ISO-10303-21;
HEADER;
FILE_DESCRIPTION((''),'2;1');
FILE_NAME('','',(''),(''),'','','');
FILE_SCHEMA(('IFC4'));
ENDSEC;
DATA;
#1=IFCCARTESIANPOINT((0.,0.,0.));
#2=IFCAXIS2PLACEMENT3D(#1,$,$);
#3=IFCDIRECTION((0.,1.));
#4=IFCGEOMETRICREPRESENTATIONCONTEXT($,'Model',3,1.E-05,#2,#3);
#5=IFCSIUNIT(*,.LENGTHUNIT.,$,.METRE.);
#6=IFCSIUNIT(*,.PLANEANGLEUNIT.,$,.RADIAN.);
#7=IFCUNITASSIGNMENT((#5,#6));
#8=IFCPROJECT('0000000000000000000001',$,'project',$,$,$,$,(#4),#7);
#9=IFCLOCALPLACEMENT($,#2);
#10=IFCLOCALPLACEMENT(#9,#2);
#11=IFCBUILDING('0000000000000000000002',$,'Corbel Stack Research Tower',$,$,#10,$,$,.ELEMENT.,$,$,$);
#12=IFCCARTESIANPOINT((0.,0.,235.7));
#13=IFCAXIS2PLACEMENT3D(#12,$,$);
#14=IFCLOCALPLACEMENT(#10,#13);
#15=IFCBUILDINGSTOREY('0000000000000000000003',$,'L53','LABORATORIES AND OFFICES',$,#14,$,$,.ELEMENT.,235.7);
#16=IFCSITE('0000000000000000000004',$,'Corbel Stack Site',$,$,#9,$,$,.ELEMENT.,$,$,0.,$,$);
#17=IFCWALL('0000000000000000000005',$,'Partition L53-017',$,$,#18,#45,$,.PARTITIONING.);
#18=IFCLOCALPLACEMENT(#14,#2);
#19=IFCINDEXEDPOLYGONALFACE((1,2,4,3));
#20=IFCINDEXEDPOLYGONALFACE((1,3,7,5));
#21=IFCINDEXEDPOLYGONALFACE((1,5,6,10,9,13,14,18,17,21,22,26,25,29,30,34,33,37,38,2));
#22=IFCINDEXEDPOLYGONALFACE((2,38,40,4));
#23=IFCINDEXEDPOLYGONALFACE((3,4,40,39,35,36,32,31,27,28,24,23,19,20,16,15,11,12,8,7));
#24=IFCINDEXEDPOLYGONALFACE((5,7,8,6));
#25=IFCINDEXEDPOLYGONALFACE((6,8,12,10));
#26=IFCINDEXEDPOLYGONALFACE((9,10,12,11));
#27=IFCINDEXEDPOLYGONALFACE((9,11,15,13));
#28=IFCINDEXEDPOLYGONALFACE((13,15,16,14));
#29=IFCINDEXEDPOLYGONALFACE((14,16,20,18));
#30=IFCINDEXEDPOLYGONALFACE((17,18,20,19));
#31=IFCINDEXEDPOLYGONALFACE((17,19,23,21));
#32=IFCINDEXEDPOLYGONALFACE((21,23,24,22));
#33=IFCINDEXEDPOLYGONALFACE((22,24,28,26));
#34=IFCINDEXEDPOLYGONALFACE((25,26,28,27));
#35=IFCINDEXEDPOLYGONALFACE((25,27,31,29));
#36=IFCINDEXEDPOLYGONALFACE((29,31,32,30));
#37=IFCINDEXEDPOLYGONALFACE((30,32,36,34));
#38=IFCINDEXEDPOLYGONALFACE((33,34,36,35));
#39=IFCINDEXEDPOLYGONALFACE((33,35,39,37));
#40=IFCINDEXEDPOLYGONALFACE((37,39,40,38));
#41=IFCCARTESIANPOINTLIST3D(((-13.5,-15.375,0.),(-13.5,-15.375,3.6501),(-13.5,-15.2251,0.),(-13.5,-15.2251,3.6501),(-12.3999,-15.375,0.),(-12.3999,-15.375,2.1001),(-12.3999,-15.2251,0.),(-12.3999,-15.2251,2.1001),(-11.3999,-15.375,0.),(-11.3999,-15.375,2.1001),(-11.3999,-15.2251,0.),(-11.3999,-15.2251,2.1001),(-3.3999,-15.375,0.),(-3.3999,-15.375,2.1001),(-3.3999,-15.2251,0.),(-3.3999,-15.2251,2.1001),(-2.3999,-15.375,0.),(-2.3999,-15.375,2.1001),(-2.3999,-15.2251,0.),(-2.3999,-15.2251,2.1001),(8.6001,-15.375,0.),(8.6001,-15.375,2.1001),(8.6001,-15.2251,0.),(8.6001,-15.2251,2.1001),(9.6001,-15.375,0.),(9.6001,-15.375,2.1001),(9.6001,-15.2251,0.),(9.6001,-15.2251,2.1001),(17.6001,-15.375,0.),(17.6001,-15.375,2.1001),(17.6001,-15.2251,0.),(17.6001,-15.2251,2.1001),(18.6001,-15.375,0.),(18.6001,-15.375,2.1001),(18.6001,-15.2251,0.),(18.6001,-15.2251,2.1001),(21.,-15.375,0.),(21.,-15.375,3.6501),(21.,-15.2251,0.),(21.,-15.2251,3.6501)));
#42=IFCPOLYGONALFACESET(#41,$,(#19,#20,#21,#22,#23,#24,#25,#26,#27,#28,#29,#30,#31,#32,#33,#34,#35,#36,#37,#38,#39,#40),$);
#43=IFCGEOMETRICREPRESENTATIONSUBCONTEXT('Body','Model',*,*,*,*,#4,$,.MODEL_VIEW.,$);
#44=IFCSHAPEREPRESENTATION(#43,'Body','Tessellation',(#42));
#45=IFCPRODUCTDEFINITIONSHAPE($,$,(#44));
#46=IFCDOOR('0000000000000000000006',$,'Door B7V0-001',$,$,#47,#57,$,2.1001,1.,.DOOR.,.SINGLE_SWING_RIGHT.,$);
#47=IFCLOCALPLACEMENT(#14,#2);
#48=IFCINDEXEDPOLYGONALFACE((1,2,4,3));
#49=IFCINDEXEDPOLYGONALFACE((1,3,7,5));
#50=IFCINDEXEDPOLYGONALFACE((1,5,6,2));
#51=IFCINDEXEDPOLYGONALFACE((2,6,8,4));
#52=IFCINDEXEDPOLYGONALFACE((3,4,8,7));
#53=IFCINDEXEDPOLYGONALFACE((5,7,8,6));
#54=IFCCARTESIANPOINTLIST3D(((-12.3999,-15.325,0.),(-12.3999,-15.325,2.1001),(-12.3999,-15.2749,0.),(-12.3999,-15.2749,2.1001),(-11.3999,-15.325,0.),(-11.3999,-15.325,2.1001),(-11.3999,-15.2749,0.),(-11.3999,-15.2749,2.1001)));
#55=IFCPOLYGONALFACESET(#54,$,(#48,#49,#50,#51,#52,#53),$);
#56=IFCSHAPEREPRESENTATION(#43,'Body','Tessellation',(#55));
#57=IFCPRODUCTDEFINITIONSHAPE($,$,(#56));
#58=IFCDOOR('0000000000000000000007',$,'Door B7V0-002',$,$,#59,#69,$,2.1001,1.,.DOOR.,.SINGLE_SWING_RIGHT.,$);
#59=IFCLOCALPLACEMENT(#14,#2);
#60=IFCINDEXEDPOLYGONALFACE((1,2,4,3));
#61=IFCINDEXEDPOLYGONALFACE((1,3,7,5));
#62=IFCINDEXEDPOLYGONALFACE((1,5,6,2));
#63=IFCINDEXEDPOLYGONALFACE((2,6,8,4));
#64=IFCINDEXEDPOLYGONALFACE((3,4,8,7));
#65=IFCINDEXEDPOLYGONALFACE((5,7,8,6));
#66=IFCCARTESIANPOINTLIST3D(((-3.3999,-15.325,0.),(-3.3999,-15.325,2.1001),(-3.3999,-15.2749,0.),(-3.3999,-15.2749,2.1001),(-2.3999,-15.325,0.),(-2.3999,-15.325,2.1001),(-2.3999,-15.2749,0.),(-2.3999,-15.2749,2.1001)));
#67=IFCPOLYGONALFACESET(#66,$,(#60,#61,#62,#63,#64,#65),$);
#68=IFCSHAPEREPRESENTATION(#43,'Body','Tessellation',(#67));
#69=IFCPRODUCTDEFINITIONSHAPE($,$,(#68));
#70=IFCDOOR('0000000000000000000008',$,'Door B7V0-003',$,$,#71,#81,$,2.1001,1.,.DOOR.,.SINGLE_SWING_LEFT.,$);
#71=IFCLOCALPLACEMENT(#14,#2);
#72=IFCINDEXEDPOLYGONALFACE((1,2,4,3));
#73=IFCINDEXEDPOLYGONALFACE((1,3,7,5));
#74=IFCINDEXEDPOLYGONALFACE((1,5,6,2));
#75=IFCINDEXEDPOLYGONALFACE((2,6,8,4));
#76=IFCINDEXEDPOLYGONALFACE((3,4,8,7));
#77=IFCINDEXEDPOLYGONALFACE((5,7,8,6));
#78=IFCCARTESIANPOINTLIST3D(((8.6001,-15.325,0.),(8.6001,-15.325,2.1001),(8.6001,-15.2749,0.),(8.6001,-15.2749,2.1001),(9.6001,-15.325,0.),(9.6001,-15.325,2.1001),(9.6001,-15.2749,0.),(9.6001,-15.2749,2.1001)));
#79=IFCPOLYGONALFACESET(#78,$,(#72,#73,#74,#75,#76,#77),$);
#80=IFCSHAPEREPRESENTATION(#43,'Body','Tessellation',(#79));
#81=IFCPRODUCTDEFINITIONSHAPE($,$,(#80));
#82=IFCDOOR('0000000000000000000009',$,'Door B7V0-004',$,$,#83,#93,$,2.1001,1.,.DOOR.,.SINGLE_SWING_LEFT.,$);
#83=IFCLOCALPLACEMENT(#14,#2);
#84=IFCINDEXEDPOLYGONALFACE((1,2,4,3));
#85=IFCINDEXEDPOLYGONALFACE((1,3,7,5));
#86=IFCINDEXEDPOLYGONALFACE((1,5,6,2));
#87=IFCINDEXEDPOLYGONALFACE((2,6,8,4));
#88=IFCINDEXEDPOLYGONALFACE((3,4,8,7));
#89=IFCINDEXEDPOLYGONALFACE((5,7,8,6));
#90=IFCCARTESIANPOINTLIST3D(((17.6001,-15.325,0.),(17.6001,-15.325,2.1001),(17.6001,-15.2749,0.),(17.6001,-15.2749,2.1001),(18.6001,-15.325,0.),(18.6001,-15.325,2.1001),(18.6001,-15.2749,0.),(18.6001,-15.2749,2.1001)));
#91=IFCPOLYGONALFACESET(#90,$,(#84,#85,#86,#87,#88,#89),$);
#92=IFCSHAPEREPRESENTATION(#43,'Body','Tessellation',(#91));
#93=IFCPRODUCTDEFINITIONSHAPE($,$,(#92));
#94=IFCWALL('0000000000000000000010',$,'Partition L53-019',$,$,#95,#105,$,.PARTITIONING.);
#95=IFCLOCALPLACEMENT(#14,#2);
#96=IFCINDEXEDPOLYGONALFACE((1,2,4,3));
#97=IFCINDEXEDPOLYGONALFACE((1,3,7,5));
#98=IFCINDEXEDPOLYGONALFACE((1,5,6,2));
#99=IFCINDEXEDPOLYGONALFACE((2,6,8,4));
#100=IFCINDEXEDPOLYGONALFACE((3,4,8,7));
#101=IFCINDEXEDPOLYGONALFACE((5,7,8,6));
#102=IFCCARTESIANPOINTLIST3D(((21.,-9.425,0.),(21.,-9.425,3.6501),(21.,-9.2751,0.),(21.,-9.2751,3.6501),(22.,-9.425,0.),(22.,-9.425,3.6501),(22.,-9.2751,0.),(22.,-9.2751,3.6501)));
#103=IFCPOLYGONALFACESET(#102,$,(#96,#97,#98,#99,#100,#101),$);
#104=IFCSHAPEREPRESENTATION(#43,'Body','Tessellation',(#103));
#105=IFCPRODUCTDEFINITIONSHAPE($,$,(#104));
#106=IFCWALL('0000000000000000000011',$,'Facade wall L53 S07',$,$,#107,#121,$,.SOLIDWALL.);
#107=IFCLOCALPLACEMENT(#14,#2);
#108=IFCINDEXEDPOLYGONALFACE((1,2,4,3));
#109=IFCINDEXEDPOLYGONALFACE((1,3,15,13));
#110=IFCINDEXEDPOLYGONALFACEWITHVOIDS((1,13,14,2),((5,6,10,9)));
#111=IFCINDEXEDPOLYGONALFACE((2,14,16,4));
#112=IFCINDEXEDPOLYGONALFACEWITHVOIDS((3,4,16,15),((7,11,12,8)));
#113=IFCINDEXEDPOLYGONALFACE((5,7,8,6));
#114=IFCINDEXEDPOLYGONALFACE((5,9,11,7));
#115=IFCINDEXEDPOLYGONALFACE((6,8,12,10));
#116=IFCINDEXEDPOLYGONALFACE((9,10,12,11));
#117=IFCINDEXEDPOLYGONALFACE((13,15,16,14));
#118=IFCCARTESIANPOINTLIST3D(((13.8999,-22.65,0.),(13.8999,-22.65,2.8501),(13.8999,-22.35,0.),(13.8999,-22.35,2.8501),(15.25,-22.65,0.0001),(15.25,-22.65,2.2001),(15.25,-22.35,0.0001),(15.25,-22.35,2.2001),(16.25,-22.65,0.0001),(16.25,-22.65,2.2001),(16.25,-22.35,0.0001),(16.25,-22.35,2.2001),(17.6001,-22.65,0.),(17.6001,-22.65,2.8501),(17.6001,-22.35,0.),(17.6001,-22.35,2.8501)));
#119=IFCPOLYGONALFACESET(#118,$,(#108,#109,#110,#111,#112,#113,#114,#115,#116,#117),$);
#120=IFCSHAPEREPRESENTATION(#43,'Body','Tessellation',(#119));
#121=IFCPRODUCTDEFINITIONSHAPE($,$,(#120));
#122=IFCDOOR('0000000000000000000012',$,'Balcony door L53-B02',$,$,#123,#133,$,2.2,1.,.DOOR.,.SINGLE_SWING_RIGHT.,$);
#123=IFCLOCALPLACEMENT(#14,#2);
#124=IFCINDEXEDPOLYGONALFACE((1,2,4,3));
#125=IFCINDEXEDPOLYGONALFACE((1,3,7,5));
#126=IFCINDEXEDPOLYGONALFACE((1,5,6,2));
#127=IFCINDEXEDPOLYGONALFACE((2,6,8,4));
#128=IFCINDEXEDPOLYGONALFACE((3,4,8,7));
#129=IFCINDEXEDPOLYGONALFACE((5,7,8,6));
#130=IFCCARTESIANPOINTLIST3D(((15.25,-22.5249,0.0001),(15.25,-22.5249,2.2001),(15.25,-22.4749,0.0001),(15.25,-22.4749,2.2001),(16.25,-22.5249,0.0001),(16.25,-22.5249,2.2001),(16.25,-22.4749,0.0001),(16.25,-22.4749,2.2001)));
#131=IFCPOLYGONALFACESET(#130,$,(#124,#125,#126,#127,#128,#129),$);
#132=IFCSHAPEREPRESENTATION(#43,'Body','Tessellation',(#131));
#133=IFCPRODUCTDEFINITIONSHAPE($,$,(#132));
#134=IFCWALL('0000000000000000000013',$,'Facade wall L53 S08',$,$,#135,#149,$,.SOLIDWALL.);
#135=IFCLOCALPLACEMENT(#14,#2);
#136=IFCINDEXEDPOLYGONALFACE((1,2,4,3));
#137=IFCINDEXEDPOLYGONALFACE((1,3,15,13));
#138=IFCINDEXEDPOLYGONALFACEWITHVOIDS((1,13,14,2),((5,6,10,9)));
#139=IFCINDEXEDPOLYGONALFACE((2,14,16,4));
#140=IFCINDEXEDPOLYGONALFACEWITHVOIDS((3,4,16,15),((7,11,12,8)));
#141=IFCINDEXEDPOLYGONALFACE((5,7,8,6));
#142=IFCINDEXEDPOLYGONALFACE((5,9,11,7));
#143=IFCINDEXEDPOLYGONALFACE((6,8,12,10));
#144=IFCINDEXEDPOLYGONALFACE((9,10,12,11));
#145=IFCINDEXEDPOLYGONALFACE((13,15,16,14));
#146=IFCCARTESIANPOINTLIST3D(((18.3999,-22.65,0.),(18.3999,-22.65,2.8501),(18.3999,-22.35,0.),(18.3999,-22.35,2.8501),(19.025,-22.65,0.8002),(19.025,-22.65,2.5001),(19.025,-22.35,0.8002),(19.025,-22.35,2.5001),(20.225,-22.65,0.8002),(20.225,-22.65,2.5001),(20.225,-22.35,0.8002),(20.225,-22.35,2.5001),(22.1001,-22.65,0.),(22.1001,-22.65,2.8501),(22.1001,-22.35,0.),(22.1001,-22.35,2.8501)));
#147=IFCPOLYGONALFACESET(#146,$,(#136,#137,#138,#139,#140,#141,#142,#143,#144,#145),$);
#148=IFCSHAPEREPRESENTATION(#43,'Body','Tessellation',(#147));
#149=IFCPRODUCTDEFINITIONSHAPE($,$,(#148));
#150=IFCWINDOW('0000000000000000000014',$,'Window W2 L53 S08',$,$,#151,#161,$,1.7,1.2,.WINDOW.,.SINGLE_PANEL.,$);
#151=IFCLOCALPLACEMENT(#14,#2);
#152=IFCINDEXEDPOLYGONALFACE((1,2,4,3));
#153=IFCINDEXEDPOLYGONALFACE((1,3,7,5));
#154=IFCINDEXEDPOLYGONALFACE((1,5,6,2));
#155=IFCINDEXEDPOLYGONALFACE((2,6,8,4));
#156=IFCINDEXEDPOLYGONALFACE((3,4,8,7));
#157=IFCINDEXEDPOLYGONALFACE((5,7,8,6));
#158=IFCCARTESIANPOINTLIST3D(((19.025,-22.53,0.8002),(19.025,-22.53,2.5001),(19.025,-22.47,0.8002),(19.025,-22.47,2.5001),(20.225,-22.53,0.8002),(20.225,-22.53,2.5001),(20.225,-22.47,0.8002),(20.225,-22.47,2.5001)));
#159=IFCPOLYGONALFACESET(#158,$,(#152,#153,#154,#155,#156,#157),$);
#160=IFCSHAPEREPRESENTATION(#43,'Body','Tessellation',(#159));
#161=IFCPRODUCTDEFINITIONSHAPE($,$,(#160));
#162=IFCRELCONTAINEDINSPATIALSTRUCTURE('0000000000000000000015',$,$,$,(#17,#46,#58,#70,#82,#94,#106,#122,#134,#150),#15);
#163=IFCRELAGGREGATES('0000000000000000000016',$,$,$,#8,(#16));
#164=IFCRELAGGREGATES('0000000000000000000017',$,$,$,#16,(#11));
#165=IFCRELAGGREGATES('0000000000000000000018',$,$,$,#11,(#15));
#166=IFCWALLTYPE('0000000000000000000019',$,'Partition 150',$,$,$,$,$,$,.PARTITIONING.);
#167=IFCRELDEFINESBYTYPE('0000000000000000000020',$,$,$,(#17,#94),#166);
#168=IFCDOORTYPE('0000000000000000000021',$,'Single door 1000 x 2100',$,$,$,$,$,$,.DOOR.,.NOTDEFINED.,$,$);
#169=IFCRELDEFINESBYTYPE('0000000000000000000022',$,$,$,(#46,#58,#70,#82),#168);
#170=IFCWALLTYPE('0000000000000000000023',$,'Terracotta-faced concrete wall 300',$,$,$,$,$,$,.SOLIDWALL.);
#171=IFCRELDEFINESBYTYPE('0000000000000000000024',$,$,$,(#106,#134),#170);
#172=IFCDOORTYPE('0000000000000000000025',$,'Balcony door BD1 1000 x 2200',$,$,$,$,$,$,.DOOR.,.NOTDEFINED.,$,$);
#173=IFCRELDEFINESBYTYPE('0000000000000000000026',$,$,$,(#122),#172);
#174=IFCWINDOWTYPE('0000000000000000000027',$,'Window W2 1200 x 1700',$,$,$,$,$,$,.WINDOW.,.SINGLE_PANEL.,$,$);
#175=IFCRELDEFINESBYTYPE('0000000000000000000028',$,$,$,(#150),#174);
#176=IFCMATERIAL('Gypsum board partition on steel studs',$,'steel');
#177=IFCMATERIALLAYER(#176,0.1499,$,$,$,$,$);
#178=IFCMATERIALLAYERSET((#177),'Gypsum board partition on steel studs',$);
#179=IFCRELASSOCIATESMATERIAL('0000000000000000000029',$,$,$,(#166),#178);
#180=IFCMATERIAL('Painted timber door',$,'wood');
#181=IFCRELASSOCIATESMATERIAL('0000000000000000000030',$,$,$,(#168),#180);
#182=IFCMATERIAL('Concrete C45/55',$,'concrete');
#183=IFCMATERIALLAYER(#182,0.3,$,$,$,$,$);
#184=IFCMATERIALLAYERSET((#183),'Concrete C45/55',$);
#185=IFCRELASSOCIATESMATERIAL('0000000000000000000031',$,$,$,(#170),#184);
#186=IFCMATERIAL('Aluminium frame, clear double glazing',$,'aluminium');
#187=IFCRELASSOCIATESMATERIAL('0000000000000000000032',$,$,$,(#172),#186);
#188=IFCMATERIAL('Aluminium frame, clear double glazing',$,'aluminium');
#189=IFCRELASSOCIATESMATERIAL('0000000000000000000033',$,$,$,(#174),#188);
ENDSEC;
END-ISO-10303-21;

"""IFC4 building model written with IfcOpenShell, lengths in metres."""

from ifc_helpers import new_model, si_unit, direction, frame, frame_2d, origin, place, context, subcontext, project, spatial, rectangle, extrude, material, layer, layer_set, type_object, element, fill, save


model = new_model("IFC4")

# Units and contexts
model_context = context("Model", 3, precision=1e-05, world=origin(), true_north=direction((0.0, 1.0)))
body_context = subcontext(model_context, "Body", "Model", "MODEL_VIEW")
ifc_project = project(units=[si_unit("LENGTHUNIT", "METRE"), si_unit("PLANEANGLEUNIT", "RADIAN")], contexts=[model_context])

# Site, building, storey
site_placement = place(None, origin())
site = spatial("IfcSite", under=ifc_project, at=site_placement, Name="Corbel Stack Site", CompositionType="ELEMENT", RefElevation=0.0)
building_placement = place(site_placement, origin())
building = spatial("IfcBuilding", under=site, at=building_placement, Name="Corbel Stack Research Tower", CompositionType="ELEMENT")
storey_placement = place(building_placement, frame((0.0, 0.0, 235.7)))
storey = spatial("IfcBuildingStorey", under=building, at=storey_placement, Name="L53", Description="LABORATORIES AND OFFICES", CompositionType="ELEMENT", Elevation=235.7)

# Wall, openings, doors
ifc_material_1 = material(Name="Gypsum board partition on steel studs", Category="steel")
ifc_layer_1 = layer(ifc_material_1, 0.1499)
ifc_layer_set_1 = layer_set([ifc_layer_1], Name="Gypsum board partition on steel studs")
wall_type_1 = type_object("IfcWallType", Name="Partition 150", PredefinedType="PARTITIONING", material=ifc_layer_set_1)
wall_1_placement = place(storey_placement, frame((21.0, -15.3, 0.0), z_axis=(0.0, 0.0, 1.0), x_axis=(-1.0, 0.0, 0.0)))
wall_1 = element("IfcWall", 1, at=wall_1_placement, inside=storey, type_object=wall_type_1, Name="Partition L53-017", PredefinedType="PARTITIONING", context=body_context, shape_type="SweptSolid", body=[
    extrude(rectangle(XDim=34.5, YDim=0.1499, at=frame_2d((17.25, 0.0))), origin(), (0.0, 0.0, 1.0), 3.6501),
])
opening_1_placement = place(wall_1_placement, frame((32.3999, 0.0, 0.0)))
opening_1 = element("IfcOpeningElement", 2, at=opening_1_placement, cuts=wall_1, PredefinedType="OPENING", context=body_context, shape_type="SweptSolid", body=[
    extrude(rectangle(XDim=1.0, YDim=2.1001, at=frame_2d((0.5, 1.05))), frame((0.0, 0.085, 0.0), z_axis=(0.0, -1.0, 0.0), x_axis=(1.0, 0.0, 0.0)), (0.0, 0.0, 1.0), 0.1699),
])
opening_2_placement = place(wall_1_placement, frame((23.3999, 0.0, 0.0)))
opening_2 = element("IfcOpeningElement", 3, at=opening_2_placement, cuts=wall_1, PredefinedType="OPENING", context=body_context, shape_type="SweptSolid", body=[
    extrude(rectangle(XDim=1.0, YDim=2.1001, at=frame_2d((0.5, 1.05))), frame((0.0, 0.085, 0.0), z_axis=(0.0, -1.0, 0.0), x_axis=(1.0, 0.0, 0.0)), (0.0, 0.0, 1.0), 0.1699),
])
opening_3_placement = place(wall_1_placement, frame((11.3999, 0.0, 0.0)))
opening_3 = element("IfcOpeningElement", 4, at=opening_3_placement, cuts=wall_1, PredefinedType="OPENING", context=body_context, shape_type="SweptSolid", body=[
    extrude(rectangle(XDim=1.0, YDim=2.1001, at=frame_2d((0.5, 1.05))), frame((0.0, 0.085, 0.0), z_axis=(0.0, -1.0, 0.0), x_axis=(1.0, 0.0, 0.0)), (0.0, 0.0, 1.0), 0.1699),
])
opening_4_placement = place(wall_1_placement, frame((2.3999, 0.0, 0.0)))
opening_4 = element("IfcOpeningElement", 5, at=opening_4_placement, cuts=wall_1, PredefinedType="OPENING", context=body_context, shape_type="SweptSolid", body=[
    extrude(rectangle(XDim=1.0, YDim=2.1001, at=frame_2d((0.5, 1.05))), frame((0.0, 0.085, 0.0), z_axis=(0.0, -1.0, 0.0), x_axis=(1.0, 0.0, 0.0)), (0.0, 0.0, 1.0), 0.1699),
])
ifc_material_2 = material(Name="Painted timber door", Category="wood")
door_type_1 = type_object("IfcDoorType", Name="Single door 1000 x 2100", OperationType="NOTDEFINED", PredefinedType="DOOR", material=ifc_material_2)
door_1_placement = place(opening_1_placement, origin())
door_1 = element("IfcDoor", 6, at=door_1_placement, inside=storey, type_object=door_type_1, Name="Door B7V0-001", OperationType="SINGLE_SWING_RIGHT", OverallHeight=2.1001, OverallWidth=1.0, PredefinedType="DOOR", context=body_context, shape_type="SweptSolid", body=[
    extrude(rectangle(XDim=1.0, YDim=2.1001, at=frame_2d((0.5, 1.05))), frame((0.0, 0.0249, 0.0), z_axis=(0.0, -1.0, 0.0), x_axis=(1.0, 0.0, 0.0)), (0.0, 0.0, 1.0), 0.05),
])
fill(opening_1, door_1)
door_2_placement = place(opening_2_placement, origin())
door_2 = element("IfcDoor", 7, at=door_2_placement, inside=storey, type_object=door_type_1, Name="Door B7V0-002", OperationType="SINGLE_SWING_RIGHT", OverallHeight=2.1001, OverallWidth=1.0, PredefinedType="DOOR", context=body_context, shape_type="SweptSolid", body=[
    extrude(rectangle(XDim=1.0, YDim=2.1001, at=frame_2d((0.5, 1.05))), frame((0.0, 0.0249, 0.0), z_axis=(0.0, -1.0, 0.0), x_axis=(1.0, 0.0, 0.0)), (0.0, 0.0, 1.0), 0.05),
])
fill(opening_2, door_2)
door_3_placement = place(opening_3_placement, origin())
door_3 = element("IfcDoor", 8, at=door_3_placement, inside=storey, type_object=door_type_1, Name="Door B7V0-003", OperationType="SINGLE_SWING_LEFT", OverallHeight=2.1001, OverallWidth=1.0, PredefinedType="DOOR", context=body_context, shape_type="SweptSolid", body=[
    extrude(rectangle(XDim=1.0, YDim=2.1001, at=frame_2d((0.5, 1.05))), frame((0.0, 0.0249, 0.0), z_axis=(0.0, -1.0, 0.0), x_axis=(1.0, 0.0, 0.0)), (0.0, 0.0, 1.0), 0.05),
])
fill(opening_3, door_3)
door_4_placement = place(opening_4_placement, origin())
door_4 = element("IfcDoor", 9, at=door_4_placement, inside=storey, type_object=door_type_1, Name="Door B7V0-004", OperationType="SINGLE_SWING_LEFT", OverallHeight=2.1001, OverallWidth=1.0, PredefinedType="DOOR", context=body_context, shape_type="SweptSolid", body=[
    extrude(rectangle(XDim=1.0, YDim=2.1001, at=frame_2d((0.5, 1.05))), frame((0.0, 0.0249, 0.0), z_axis=(0.0, -1.0, 0.0), x_axis=(1.0, 0.0, 0.0)), (0.0, 0.0, 1.0), 0.05),
])
fill(opening_4, door_4)

# Wall
wall_2_placement = place(storey_placement, frame((21.0, -9.3501, 0.0), z_axis=(0.0, 0.0, 1.0), x_axis=(1.0, 0.0, 0.0)))
element("IfcWall", 10, at=wall_2_placement, inside=storey, type_object=wall_type_1, Name="Partition L53-019", PredefinedType="PARTITIONING", context=body_context, shape_type="SweptSolid", body=[
    extrude(rectangle(XDim=1.0, YDim=0.1499, at=frame_2d((0.5, 0.0))), origin(), (0.0, 0.0, 1.0), 3.6501),
])

# Wall, opening, door
ifc_material_3 = material(Name="Concrete C45/55", Category="concrete")
ifc_layer_2 = layer(ifc_material_3, 0.3)
ifc_layer_set_2 = layer_set([ifc_layer_2], Name="Concrete C45/55")
wall_type_2 = type_object("IfcWallType", Name="Terracotta-faced concrete wall 300", PredefinedType="SOLIDWALL", material=ifc_layer_set_2)
wall_3_placement = place(storey_placement, frame((17.6001, -22.5, 0.0), z_axis=(0.0, 0.0, 1.0), x_axis=(-1.0, 0.0, 0.0)))
wall_3 = element("IfcWall", 11, at=wall_3_placement, inside=storey, type_object=wall_type_2, Name="Facade wall L53 S07", PredefinedType="SOLIDWALL", context=body_context, shape_type="SweptSolid", body=[
    extrude(rectangle(XDim=3.7002, YDim=0.3, at=frame_2d((1.8501, 0.0))), origin(), (0.0, 0.0, 1.0), 2.8501),
])
opening_5_placement = place(wall_3_placement, frame((1.3501, 0.0, 0.0)))
opening_5 = element("IfcOpeningElement", 12, at=opening_5_placement, cuts=wall_3, PredefinedType="OPENING", context=body_context, shape_type="SweptSolid", body=[
    extrude(rectangle(XDim=1.0, YDim=2.2, at=frame_2d((0.5, 1.1001))), frame((0.0, 0.1599, 0.0), z_axis=(0.0, -1.0, 0.0), x_axis=(1.0, 0.0, 0.0)), (0.0, 0.0, 1.0), 0.3201),
])
ifc_material_4 = material(Name="Aluminium frame, clear double glazing", Category="aluminium")
door_type_2 = type_object("IfcDoorType", Name="Balcony door BD1 1000 x 2200", OperationType="NOTDEFINED", PredefinedType="DOOR", material=ifc_material_4)
door_5_placement = place(opening_5_placement, origin())
door_5 = element("IfcDoor", 13, at=door_5_placement, inside=storey, type_object=door_type_2, Name="Balcony door L53-B02", OperationType="SINGLE_SWING_RIGHT", OverallHeight=2.2, OverallWidth=1.0, PredefinedType="DOOR", context=body_context, shape_type="SweptSolid", body=[
    extrude(rectangle(XDim=1.0, YDim=2.2, at=frame_2d((0.5, 1.1001))), frame((0.0, 0.0249, 0.0), z_axis=(0.0, -1.0, 0.0), x_axis=(1.0, 0.0, 0.0)), (0.0, 0.0, 1.0), 0.05),
])
fill(opening_5, door_5)

# Wall, opening, window
wall_4_placement = place(storey_placement, frame((22.1001, -22.5, 0.0), z_axis=(0.0, 0.0, 1.0), x_axis=(-1.0, 0.0, 0.0)))
wall_4 = element("IfcWall", 14, at=wall_4_placement, inside=storey, type_object=wall_type_2, Name="Facade wall L53 S08", PredefinedType="SOLIDWALL", context=body_context, shape_type="SweptSolid", body=[
    extrude(rectangle(XDim=3.7002, YDim=0.3, at=frame_2d((1.8501, 0.0))), origin(), (0.0, 0.0, 1.0), 2.8501),
])
opening_6_placement = place(wall_4_placement, frame((1.875, 0.0, 0.8)))
opening_6 = element("IfcOpeningElement", 15, at=opening_6_placement, cuts=wall_4, PredefinedType="OPENING", context=body_context, shape_type="SweptSolid", body=[
    extrude(rectangle(XDim=1.2, YDim=1.7, at=frame_2d((0.6001, 0.8501))), frame((0.0, 0.1599, 0.0), z_axis=(0.0, -1.0, 0.0), x_axis=(1.0, 0.0, 0.0)), (0.0, 0.0, 1.0), 0.3201),
])
ifc_material_5 = material(Name="Aluminium frame, clear double glazing", Category="aluminium")
window_type_1 = type_object("IfcWindowType", Name="Window W2 1200 x 1700", PartitioningType="SINGLE_PANEL", PredefinedType="WINDOW", material=ifc_material_5)
window_1_placement = place(opening_6_placement, origin())
window_1 = element("IfcWindow", 16, at=window_1_placement, inside=storey, type_object=window_type_1, Name="Window W2 L53 S08", OverallHeight=1.7, OverallWidth=1.2, PartitioningType="SINGLE_PANEL", PredefinedType="WINDOW", context=body_context, shape_type="SweptSolid", body=[
    extrude(rectangle(XDim=1.2, YDim=1.7, at=frame_2d((0.6001, 0.8501))), frame((0.0, 0.03, 0.0), z_axis=(0.0, -1.0, 0.0), x_axis=(1.0, 0.0, 0.0)), (0.0, 0.0, 1.0), 0.0601),
])
fill(opening_6, window_1)

save(model, "model.ifc")
